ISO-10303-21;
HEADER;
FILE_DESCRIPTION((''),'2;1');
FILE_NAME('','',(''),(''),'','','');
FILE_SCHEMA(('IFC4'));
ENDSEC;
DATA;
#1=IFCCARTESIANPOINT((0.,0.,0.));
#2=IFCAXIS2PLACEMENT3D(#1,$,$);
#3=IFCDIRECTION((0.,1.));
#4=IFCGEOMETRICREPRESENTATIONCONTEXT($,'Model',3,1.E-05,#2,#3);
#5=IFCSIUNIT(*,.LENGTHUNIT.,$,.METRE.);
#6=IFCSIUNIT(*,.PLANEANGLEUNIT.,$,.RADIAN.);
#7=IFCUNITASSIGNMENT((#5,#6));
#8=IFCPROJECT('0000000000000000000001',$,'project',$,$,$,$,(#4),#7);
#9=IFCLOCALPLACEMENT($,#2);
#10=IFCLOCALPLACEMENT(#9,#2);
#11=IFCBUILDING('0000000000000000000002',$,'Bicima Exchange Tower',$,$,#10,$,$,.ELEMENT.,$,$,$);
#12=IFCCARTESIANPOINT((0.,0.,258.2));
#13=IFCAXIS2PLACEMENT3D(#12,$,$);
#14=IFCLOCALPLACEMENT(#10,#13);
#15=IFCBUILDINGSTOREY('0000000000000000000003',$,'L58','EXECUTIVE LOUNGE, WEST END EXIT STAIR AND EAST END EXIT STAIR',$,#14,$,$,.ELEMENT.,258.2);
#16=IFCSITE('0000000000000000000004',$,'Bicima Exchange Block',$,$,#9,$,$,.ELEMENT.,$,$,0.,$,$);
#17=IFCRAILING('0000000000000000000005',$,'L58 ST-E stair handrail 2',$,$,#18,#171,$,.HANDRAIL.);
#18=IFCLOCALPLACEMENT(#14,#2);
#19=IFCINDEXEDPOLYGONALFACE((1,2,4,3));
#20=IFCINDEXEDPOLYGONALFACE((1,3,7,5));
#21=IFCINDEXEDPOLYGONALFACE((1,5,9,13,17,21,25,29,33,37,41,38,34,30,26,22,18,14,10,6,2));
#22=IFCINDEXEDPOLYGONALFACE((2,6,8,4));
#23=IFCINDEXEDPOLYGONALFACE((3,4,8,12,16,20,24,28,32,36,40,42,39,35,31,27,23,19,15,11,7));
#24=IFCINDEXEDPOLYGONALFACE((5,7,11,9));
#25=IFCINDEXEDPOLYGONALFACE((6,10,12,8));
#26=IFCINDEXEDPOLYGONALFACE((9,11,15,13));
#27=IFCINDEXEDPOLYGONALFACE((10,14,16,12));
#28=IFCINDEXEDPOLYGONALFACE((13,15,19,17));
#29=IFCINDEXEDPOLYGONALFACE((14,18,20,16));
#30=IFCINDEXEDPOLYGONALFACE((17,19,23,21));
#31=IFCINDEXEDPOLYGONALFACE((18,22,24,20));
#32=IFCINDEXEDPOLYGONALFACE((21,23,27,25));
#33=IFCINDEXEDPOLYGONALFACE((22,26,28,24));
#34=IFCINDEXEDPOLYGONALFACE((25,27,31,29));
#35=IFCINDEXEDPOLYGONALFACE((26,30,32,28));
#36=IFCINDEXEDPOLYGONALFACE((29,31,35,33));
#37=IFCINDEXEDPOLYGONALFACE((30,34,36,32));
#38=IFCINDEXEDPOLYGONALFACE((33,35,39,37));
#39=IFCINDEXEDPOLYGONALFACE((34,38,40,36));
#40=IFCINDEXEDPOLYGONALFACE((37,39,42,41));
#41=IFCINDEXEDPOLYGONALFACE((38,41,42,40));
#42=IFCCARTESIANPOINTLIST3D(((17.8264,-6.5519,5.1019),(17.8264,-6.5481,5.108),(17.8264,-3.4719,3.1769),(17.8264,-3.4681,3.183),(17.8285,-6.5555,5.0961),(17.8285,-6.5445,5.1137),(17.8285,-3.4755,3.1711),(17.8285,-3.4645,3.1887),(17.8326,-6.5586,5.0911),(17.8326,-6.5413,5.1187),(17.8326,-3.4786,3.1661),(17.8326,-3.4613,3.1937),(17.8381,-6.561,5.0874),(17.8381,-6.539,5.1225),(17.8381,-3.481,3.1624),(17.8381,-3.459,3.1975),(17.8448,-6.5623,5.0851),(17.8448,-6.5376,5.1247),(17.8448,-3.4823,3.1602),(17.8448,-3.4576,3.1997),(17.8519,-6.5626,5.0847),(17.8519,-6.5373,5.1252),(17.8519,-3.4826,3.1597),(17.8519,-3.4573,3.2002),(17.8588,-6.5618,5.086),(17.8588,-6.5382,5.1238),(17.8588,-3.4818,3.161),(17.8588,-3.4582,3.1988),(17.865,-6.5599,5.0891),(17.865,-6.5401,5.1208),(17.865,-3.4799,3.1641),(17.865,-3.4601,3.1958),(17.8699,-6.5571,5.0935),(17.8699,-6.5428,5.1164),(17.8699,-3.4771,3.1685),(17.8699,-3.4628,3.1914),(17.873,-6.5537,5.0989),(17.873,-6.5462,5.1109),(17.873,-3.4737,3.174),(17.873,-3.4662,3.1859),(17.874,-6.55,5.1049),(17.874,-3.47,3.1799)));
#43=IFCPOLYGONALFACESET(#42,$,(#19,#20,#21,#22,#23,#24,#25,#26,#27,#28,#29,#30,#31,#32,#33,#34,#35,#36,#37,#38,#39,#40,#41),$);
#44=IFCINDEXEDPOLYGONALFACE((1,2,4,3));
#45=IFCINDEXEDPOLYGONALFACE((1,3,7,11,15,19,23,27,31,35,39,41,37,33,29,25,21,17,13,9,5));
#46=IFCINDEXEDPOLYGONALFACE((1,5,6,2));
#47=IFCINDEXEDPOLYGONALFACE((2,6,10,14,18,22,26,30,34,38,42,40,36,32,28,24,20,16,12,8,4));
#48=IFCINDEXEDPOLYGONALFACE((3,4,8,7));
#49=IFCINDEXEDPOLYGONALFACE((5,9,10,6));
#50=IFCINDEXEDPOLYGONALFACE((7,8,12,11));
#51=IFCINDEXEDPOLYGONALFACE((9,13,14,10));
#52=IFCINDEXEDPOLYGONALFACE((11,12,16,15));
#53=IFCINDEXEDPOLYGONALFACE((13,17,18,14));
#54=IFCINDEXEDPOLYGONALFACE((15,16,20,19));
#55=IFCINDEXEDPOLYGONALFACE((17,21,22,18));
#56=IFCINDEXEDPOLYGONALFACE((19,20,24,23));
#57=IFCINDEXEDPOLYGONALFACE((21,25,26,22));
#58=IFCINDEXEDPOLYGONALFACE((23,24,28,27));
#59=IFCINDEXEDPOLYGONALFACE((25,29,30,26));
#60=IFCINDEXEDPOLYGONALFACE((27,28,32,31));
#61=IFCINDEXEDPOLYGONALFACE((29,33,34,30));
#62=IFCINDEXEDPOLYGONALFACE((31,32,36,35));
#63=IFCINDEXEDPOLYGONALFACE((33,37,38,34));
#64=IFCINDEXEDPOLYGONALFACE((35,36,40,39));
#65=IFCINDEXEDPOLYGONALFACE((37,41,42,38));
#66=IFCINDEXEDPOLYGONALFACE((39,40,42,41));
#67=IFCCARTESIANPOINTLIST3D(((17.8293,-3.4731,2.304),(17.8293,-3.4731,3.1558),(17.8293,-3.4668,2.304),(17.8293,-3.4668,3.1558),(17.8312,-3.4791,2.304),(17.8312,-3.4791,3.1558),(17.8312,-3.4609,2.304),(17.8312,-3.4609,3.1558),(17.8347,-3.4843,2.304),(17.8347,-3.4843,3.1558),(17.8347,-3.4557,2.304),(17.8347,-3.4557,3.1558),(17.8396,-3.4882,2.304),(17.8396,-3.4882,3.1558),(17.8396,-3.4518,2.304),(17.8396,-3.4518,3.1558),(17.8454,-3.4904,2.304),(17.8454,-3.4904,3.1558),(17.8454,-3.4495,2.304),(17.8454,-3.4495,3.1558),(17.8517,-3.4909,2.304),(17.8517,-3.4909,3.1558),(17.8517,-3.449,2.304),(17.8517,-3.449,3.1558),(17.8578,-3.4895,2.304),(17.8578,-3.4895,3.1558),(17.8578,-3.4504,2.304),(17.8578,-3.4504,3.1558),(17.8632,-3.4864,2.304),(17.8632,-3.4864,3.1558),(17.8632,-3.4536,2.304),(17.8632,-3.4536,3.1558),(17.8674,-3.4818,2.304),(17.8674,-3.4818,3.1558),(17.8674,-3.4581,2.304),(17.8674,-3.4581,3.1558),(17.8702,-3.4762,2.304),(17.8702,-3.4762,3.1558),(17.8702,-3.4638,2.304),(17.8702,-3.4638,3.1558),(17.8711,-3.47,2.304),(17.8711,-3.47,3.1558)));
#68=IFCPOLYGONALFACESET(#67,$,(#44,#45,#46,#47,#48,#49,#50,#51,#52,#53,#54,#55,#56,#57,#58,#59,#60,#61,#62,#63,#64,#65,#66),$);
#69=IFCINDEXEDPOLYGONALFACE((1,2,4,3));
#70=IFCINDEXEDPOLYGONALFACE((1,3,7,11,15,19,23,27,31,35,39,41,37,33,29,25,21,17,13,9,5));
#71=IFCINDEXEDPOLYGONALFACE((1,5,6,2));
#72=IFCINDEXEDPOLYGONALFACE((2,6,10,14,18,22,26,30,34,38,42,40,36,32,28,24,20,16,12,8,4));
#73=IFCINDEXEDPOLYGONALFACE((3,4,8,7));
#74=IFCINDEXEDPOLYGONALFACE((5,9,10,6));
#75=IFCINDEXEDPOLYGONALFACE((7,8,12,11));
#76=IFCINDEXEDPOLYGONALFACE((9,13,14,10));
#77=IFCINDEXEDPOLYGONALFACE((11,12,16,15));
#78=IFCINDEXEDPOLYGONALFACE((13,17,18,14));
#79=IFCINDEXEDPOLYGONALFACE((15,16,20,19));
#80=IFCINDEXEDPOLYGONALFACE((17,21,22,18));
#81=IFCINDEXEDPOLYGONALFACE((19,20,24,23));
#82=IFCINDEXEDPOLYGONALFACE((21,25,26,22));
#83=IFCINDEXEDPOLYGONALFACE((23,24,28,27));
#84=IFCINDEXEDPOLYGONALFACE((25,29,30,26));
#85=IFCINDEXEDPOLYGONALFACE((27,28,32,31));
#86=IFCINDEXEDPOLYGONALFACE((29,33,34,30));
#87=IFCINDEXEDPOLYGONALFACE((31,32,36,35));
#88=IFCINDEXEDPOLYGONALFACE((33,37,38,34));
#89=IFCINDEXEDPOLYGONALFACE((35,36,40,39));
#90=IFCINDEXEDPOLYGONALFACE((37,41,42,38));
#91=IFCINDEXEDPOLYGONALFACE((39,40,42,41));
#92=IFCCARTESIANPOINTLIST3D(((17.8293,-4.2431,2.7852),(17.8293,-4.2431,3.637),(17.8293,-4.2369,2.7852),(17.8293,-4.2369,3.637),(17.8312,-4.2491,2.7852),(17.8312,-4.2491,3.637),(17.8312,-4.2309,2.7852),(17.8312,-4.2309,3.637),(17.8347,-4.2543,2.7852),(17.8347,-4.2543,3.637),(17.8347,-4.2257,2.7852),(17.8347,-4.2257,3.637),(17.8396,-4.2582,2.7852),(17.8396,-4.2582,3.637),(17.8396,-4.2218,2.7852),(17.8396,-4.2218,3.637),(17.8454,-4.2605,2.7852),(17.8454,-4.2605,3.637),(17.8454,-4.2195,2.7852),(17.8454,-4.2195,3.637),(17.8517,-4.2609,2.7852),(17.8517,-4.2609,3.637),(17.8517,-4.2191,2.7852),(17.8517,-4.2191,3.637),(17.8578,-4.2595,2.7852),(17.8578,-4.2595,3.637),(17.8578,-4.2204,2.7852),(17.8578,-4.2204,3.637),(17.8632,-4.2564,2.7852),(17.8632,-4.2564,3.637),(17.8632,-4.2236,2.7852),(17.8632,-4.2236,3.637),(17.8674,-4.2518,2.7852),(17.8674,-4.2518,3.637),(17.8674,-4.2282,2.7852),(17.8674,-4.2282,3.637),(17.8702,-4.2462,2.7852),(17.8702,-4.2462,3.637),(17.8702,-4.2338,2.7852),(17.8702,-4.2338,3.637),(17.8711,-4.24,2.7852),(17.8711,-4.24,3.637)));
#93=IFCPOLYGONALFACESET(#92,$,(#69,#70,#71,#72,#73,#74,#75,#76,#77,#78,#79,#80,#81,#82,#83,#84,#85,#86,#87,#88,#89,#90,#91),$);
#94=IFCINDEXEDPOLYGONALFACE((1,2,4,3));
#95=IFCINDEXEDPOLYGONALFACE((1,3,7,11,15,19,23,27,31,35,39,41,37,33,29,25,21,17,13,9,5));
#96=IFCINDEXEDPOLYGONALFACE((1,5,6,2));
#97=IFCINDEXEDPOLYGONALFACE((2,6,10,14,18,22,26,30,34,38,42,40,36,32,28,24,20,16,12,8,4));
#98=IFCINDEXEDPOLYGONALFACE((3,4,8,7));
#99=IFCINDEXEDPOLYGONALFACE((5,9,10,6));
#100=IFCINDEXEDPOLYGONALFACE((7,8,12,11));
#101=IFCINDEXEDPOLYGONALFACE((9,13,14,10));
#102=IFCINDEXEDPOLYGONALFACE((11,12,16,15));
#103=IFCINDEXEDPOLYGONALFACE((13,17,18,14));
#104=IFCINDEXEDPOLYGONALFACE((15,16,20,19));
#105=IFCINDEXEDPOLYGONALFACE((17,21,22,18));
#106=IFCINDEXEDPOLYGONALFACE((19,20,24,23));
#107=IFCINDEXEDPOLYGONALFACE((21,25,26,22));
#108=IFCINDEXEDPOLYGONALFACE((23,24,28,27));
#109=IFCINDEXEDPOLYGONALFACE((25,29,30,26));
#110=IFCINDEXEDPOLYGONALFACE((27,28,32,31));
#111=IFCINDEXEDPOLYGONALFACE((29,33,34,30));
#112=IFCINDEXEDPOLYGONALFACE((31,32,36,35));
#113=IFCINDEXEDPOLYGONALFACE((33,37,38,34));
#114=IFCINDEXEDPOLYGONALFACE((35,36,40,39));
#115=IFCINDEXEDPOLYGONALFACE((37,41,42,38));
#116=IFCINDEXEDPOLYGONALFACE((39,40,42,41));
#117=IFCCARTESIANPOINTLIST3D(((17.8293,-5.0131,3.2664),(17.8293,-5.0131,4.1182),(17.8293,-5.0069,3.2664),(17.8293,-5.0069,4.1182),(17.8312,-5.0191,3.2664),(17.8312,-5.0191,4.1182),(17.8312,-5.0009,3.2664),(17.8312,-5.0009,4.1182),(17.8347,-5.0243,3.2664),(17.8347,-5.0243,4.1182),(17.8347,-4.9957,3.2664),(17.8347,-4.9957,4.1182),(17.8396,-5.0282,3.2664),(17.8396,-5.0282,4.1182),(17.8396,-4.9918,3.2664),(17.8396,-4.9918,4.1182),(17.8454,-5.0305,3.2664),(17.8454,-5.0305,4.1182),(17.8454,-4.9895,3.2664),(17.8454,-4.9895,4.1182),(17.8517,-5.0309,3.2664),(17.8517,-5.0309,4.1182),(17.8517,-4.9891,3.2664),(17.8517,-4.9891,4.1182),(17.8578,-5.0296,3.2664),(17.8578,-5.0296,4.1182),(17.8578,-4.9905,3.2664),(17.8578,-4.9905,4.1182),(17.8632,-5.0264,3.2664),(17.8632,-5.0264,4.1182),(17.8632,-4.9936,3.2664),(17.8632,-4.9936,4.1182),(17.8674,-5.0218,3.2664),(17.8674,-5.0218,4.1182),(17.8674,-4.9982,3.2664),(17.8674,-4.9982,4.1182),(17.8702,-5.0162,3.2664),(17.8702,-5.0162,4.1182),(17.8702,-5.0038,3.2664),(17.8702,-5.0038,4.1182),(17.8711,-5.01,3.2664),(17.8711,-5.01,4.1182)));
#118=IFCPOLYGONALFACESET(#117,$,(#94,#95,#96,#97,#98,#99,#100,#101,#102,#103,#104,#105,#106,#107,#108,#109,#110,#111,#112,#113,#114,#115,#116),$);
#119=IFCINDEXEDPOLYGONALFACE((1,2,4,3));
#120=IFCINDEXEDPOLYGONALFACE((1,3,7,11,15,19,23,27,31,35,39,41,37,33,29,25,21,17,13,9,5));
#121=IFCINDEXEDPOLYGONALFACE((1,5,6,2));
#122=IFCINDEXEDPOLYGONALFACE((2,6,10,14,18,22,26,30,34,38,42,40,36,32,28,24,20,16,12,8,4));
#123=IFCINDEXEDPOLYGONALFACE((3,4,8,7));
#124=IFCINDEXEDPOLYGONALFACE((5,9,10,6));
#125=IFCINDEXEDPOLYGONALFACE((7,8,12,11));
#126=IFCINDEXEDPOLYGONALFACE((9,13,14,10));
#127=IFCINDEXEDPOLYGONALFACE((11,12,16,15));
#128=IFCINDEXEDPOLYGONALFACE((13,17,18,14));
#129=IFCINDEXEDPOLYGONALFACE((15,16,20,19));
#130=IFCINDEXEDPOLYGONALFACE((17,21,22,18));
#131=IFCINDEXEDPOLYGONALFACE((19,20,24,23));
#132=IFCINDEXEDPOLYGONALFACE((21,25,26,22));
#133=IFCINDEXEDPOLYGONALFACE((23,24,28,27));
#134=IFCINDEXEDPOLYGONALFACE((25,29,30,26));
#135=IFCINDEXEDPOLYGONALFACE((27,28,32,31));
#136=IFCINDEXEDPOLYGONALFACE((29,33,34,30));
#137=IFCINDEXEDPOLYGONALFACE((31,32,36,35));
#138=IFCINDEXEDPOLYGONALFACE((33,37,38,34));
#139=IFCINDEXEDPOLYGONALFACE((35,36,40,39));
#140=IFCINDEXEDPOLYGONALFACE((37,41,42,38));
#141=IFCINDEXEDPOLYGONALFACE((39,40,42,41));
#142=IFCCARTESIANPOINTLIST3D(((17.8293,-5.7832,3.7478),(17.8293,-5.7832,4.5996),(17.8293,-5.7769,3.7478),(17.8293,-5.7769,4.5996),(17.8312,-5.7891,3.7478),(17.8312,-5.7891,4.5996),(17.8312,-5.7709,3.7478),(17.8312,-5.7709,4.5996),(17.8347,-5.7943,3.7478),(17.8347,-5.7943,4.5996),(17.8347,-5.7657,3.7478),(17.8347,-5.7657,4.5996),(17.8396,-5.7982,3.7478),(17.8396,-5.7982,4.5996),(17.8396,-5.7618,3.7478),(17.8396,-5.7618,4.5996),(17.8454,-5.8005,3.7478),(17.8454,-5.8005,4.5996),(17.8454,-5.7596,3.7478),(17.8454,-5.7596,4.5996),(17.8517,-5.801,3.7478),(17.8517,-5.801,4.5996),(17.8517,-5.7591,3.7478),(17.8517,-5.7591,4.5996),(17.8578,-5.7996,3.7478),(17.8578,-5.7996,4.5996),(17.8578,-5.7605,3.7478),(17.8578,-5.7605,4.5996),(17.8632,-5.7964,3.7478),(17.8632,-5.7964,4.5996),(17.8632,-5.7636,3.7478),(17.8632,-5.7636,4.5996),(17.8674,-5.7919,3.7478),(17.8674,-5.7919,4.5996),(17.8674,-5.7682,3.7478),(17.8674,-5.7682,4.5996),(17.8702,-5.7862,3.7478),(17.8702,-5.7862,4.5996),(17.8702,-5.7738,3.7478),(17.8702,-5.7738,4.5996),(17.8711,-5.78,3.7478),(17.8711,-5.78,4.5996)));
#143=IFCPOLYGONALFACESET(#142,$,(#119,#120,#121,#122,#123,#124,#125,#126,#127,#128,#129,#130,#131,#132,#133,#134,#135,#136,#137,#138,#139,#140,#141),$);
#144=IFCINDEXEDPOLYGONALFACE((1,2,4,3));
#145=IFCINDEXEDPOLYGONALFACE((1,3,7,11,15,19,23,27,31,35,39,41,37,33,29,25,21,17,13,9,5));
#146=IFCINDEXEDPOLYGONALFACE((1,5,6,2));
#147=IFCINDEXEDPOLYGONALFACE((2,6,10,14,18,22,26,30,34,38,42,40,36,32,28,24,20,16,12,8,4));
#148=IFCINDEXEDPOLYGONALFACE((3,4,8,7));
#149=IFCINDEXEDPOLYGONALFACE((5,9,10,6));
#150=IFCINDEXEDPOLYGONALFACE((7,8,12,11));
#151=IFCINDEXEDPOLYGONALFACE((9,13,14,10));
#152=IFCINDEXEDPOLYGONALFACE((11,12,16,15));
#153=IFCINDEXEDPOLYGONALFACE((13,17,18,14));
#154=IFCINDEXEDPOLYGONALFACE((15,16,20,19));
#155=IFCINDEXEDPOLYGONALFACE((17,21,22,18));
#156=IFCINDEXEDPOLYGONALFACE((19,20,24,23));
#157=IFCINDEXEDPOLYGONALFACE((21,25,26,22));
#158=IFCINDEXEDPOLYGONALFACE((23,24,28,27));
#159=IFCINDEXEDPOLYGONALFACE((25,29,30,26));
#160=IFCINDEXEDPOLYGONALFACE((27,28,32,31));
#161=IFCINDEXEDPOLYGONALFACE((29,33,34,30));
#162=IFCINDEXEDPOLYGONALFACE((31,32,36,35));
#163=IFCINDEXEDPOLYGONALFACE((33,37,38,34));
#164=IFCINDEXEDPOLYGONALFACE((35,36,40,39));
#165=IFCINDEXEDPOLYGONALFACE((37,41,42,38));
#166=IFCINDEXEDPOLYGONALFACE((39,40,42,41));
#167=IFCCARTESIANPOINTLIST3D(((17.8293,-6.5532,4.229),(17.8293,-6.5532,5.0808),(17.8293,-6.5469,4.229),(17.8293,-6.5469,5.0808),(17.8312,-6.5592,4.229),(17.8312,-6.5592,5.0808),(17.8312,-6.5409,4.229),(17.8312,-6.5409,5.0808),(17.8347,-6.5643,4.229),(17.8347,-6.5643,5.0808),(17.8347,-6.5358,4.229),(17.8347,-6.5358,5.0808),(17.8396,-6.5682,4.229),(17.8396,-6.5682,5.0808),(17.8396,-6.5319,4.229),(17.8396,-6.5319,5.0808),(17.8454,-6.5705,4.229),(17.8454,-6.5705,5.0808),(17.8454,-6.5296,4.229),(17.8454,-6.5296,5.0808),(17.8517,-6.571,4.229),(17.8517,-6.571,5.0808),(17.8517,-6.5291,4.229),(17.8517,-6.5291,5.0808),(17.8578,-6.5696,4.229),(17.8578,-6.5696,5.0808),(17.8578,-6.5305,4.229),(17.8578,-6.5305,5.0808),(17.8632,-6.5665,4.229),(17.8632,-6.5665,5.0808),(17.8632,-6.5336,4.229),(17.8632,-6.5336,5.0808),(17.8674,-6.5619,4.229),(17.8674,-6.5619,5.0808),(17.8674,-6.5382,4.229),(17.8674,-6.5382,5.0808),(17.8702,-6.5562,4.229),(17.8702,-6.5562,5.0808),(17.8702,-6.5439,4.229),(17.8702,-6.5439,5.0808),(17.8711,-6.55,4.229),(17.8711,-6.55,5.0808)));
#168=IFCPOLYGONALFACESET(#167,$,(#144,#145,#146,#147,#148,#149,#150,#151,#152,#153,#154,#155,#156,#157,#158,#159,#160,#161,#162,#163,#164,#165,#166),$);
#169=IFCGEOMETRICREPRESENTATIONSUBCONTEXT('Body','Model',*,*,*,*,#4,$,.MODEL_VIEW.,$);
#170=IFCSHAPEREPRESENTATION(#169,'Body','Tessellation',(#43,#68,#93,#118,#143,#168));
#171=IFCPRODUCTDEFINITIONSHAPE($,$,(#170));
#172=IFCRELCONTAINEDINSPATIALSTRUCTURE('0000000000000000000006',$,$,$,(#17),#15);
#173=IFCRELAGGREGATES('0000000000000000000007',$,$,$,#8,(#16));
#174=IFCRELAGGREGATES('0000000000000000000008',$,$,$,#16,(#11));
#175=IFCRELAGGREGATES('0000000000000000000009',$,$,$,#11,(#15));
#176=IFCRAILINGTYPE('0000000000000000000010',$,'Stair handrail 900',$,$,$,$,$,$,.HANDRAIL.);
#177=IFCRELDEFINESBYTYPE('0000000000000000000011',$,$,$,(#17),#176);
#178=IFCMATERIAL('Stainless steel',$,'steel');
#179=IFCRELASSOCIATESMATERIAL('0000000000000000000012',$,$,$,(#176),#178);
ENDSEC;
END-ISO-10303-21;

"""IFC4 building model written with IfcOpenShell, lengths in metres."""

from ifc_helpers import new_model, si_unit, direction, frame, origin, origin_2d, place, context, subcontext, project, spatial, circle, extrude, material, type_object, element, save


model = new_model("IFC4")

# Units and contexts
model_context = context("Model", 3, precision=1e-05, world=origin(), true_north=direction((0.0, 1.0)))
body_context = subcontext(model_context, "Body", "Model", "MODEL_VIEW")
ifc_project = project(units=[si_unit("LENGTHUNIT", "METRE"), si_unit("PLANEANGLEUNIT", "RADIAN")], contexts=[model_context])

# Site, building, storey
site_placement = place(None, origin())
site = spatial("IfcSite", under=ifc_project, at=site_placement, Name="Bicima Exchange Block", CompositionType="ELEMENT", RefElevation=0.0)
building_placement = place(site_placement, origin())
building = spatial("IfcBuilding", under=site, at=building_placement, Name="Bicima Exchange Tower", CompositionType="ELEMENT")
storey_placement = place(building_placement, frame((0.0, 0.0, 258.2)))
storey = spatial("IfcBuildingStorey", under=building, at=storey_placement, Name="L58", Description="EXECUTIVE LOUNGE, WEST END EXIT STAIR AND EAST END EXIT STAIR", CompositionType="ELEMENT", Elevation=258.2)

# Railing
ifc_material_1 = material(Name="Stainless steel", Category="steel")
railing_type = type_object("IfcRailingType", Name="Stair handrail 900", PredefinedType="HANDRAIL", material=ifc_material_1)
railing_placement = place(storey_placement, frame((17.8501, -3.47, 2.304)))
element("IfcRailing", 1, at=railing_placement, inside=storey, type_object=railing_type, Name="L58 ST-E stair handrail 2", PredefinedType="HANDRAIL", context=body_context, shape_type="SweptSolid", body=[
    extrude(circle(Radius=0.0239, at=origin_2d()), frame((0.0, 0.0, 0.876), z_axis=(0.0, -0.847998, 0.529999), x_axis=(1.0, 0.0, 0.0)), (0.0, 0.0, 1.0), 3.6321),
    extrude(circle(Radius=0.021, at=origin_2d()), origin(), (0.0, 0.0, 1.0), 0.8518),
    extrude(circle(Radius=0.021, at=origin_2d()), frame((0.0, -0.77, 0.4812)), (0.0, 0.0, 1.0), 0.8518),
    extrude(circle(Radius=0.021, at=origin_2d()), frame((0.0, -1.54, 0.9624)), (0.0, 0.0, 1.0), 0.8518),
    extrude(circle(Radius=0.021, at=origin_2d()), frame((0.0, -2.3101, 1.4438)), (0.0, 0.0, 1.0), 0.8518),
    extrude(circle(Radius=0.021, at=origin_2d()), frame((0.0, -3.0801, 1.925)), (0.0, 0.0, 1.0), 0.8518),
])

save(model, "model.ifc")
